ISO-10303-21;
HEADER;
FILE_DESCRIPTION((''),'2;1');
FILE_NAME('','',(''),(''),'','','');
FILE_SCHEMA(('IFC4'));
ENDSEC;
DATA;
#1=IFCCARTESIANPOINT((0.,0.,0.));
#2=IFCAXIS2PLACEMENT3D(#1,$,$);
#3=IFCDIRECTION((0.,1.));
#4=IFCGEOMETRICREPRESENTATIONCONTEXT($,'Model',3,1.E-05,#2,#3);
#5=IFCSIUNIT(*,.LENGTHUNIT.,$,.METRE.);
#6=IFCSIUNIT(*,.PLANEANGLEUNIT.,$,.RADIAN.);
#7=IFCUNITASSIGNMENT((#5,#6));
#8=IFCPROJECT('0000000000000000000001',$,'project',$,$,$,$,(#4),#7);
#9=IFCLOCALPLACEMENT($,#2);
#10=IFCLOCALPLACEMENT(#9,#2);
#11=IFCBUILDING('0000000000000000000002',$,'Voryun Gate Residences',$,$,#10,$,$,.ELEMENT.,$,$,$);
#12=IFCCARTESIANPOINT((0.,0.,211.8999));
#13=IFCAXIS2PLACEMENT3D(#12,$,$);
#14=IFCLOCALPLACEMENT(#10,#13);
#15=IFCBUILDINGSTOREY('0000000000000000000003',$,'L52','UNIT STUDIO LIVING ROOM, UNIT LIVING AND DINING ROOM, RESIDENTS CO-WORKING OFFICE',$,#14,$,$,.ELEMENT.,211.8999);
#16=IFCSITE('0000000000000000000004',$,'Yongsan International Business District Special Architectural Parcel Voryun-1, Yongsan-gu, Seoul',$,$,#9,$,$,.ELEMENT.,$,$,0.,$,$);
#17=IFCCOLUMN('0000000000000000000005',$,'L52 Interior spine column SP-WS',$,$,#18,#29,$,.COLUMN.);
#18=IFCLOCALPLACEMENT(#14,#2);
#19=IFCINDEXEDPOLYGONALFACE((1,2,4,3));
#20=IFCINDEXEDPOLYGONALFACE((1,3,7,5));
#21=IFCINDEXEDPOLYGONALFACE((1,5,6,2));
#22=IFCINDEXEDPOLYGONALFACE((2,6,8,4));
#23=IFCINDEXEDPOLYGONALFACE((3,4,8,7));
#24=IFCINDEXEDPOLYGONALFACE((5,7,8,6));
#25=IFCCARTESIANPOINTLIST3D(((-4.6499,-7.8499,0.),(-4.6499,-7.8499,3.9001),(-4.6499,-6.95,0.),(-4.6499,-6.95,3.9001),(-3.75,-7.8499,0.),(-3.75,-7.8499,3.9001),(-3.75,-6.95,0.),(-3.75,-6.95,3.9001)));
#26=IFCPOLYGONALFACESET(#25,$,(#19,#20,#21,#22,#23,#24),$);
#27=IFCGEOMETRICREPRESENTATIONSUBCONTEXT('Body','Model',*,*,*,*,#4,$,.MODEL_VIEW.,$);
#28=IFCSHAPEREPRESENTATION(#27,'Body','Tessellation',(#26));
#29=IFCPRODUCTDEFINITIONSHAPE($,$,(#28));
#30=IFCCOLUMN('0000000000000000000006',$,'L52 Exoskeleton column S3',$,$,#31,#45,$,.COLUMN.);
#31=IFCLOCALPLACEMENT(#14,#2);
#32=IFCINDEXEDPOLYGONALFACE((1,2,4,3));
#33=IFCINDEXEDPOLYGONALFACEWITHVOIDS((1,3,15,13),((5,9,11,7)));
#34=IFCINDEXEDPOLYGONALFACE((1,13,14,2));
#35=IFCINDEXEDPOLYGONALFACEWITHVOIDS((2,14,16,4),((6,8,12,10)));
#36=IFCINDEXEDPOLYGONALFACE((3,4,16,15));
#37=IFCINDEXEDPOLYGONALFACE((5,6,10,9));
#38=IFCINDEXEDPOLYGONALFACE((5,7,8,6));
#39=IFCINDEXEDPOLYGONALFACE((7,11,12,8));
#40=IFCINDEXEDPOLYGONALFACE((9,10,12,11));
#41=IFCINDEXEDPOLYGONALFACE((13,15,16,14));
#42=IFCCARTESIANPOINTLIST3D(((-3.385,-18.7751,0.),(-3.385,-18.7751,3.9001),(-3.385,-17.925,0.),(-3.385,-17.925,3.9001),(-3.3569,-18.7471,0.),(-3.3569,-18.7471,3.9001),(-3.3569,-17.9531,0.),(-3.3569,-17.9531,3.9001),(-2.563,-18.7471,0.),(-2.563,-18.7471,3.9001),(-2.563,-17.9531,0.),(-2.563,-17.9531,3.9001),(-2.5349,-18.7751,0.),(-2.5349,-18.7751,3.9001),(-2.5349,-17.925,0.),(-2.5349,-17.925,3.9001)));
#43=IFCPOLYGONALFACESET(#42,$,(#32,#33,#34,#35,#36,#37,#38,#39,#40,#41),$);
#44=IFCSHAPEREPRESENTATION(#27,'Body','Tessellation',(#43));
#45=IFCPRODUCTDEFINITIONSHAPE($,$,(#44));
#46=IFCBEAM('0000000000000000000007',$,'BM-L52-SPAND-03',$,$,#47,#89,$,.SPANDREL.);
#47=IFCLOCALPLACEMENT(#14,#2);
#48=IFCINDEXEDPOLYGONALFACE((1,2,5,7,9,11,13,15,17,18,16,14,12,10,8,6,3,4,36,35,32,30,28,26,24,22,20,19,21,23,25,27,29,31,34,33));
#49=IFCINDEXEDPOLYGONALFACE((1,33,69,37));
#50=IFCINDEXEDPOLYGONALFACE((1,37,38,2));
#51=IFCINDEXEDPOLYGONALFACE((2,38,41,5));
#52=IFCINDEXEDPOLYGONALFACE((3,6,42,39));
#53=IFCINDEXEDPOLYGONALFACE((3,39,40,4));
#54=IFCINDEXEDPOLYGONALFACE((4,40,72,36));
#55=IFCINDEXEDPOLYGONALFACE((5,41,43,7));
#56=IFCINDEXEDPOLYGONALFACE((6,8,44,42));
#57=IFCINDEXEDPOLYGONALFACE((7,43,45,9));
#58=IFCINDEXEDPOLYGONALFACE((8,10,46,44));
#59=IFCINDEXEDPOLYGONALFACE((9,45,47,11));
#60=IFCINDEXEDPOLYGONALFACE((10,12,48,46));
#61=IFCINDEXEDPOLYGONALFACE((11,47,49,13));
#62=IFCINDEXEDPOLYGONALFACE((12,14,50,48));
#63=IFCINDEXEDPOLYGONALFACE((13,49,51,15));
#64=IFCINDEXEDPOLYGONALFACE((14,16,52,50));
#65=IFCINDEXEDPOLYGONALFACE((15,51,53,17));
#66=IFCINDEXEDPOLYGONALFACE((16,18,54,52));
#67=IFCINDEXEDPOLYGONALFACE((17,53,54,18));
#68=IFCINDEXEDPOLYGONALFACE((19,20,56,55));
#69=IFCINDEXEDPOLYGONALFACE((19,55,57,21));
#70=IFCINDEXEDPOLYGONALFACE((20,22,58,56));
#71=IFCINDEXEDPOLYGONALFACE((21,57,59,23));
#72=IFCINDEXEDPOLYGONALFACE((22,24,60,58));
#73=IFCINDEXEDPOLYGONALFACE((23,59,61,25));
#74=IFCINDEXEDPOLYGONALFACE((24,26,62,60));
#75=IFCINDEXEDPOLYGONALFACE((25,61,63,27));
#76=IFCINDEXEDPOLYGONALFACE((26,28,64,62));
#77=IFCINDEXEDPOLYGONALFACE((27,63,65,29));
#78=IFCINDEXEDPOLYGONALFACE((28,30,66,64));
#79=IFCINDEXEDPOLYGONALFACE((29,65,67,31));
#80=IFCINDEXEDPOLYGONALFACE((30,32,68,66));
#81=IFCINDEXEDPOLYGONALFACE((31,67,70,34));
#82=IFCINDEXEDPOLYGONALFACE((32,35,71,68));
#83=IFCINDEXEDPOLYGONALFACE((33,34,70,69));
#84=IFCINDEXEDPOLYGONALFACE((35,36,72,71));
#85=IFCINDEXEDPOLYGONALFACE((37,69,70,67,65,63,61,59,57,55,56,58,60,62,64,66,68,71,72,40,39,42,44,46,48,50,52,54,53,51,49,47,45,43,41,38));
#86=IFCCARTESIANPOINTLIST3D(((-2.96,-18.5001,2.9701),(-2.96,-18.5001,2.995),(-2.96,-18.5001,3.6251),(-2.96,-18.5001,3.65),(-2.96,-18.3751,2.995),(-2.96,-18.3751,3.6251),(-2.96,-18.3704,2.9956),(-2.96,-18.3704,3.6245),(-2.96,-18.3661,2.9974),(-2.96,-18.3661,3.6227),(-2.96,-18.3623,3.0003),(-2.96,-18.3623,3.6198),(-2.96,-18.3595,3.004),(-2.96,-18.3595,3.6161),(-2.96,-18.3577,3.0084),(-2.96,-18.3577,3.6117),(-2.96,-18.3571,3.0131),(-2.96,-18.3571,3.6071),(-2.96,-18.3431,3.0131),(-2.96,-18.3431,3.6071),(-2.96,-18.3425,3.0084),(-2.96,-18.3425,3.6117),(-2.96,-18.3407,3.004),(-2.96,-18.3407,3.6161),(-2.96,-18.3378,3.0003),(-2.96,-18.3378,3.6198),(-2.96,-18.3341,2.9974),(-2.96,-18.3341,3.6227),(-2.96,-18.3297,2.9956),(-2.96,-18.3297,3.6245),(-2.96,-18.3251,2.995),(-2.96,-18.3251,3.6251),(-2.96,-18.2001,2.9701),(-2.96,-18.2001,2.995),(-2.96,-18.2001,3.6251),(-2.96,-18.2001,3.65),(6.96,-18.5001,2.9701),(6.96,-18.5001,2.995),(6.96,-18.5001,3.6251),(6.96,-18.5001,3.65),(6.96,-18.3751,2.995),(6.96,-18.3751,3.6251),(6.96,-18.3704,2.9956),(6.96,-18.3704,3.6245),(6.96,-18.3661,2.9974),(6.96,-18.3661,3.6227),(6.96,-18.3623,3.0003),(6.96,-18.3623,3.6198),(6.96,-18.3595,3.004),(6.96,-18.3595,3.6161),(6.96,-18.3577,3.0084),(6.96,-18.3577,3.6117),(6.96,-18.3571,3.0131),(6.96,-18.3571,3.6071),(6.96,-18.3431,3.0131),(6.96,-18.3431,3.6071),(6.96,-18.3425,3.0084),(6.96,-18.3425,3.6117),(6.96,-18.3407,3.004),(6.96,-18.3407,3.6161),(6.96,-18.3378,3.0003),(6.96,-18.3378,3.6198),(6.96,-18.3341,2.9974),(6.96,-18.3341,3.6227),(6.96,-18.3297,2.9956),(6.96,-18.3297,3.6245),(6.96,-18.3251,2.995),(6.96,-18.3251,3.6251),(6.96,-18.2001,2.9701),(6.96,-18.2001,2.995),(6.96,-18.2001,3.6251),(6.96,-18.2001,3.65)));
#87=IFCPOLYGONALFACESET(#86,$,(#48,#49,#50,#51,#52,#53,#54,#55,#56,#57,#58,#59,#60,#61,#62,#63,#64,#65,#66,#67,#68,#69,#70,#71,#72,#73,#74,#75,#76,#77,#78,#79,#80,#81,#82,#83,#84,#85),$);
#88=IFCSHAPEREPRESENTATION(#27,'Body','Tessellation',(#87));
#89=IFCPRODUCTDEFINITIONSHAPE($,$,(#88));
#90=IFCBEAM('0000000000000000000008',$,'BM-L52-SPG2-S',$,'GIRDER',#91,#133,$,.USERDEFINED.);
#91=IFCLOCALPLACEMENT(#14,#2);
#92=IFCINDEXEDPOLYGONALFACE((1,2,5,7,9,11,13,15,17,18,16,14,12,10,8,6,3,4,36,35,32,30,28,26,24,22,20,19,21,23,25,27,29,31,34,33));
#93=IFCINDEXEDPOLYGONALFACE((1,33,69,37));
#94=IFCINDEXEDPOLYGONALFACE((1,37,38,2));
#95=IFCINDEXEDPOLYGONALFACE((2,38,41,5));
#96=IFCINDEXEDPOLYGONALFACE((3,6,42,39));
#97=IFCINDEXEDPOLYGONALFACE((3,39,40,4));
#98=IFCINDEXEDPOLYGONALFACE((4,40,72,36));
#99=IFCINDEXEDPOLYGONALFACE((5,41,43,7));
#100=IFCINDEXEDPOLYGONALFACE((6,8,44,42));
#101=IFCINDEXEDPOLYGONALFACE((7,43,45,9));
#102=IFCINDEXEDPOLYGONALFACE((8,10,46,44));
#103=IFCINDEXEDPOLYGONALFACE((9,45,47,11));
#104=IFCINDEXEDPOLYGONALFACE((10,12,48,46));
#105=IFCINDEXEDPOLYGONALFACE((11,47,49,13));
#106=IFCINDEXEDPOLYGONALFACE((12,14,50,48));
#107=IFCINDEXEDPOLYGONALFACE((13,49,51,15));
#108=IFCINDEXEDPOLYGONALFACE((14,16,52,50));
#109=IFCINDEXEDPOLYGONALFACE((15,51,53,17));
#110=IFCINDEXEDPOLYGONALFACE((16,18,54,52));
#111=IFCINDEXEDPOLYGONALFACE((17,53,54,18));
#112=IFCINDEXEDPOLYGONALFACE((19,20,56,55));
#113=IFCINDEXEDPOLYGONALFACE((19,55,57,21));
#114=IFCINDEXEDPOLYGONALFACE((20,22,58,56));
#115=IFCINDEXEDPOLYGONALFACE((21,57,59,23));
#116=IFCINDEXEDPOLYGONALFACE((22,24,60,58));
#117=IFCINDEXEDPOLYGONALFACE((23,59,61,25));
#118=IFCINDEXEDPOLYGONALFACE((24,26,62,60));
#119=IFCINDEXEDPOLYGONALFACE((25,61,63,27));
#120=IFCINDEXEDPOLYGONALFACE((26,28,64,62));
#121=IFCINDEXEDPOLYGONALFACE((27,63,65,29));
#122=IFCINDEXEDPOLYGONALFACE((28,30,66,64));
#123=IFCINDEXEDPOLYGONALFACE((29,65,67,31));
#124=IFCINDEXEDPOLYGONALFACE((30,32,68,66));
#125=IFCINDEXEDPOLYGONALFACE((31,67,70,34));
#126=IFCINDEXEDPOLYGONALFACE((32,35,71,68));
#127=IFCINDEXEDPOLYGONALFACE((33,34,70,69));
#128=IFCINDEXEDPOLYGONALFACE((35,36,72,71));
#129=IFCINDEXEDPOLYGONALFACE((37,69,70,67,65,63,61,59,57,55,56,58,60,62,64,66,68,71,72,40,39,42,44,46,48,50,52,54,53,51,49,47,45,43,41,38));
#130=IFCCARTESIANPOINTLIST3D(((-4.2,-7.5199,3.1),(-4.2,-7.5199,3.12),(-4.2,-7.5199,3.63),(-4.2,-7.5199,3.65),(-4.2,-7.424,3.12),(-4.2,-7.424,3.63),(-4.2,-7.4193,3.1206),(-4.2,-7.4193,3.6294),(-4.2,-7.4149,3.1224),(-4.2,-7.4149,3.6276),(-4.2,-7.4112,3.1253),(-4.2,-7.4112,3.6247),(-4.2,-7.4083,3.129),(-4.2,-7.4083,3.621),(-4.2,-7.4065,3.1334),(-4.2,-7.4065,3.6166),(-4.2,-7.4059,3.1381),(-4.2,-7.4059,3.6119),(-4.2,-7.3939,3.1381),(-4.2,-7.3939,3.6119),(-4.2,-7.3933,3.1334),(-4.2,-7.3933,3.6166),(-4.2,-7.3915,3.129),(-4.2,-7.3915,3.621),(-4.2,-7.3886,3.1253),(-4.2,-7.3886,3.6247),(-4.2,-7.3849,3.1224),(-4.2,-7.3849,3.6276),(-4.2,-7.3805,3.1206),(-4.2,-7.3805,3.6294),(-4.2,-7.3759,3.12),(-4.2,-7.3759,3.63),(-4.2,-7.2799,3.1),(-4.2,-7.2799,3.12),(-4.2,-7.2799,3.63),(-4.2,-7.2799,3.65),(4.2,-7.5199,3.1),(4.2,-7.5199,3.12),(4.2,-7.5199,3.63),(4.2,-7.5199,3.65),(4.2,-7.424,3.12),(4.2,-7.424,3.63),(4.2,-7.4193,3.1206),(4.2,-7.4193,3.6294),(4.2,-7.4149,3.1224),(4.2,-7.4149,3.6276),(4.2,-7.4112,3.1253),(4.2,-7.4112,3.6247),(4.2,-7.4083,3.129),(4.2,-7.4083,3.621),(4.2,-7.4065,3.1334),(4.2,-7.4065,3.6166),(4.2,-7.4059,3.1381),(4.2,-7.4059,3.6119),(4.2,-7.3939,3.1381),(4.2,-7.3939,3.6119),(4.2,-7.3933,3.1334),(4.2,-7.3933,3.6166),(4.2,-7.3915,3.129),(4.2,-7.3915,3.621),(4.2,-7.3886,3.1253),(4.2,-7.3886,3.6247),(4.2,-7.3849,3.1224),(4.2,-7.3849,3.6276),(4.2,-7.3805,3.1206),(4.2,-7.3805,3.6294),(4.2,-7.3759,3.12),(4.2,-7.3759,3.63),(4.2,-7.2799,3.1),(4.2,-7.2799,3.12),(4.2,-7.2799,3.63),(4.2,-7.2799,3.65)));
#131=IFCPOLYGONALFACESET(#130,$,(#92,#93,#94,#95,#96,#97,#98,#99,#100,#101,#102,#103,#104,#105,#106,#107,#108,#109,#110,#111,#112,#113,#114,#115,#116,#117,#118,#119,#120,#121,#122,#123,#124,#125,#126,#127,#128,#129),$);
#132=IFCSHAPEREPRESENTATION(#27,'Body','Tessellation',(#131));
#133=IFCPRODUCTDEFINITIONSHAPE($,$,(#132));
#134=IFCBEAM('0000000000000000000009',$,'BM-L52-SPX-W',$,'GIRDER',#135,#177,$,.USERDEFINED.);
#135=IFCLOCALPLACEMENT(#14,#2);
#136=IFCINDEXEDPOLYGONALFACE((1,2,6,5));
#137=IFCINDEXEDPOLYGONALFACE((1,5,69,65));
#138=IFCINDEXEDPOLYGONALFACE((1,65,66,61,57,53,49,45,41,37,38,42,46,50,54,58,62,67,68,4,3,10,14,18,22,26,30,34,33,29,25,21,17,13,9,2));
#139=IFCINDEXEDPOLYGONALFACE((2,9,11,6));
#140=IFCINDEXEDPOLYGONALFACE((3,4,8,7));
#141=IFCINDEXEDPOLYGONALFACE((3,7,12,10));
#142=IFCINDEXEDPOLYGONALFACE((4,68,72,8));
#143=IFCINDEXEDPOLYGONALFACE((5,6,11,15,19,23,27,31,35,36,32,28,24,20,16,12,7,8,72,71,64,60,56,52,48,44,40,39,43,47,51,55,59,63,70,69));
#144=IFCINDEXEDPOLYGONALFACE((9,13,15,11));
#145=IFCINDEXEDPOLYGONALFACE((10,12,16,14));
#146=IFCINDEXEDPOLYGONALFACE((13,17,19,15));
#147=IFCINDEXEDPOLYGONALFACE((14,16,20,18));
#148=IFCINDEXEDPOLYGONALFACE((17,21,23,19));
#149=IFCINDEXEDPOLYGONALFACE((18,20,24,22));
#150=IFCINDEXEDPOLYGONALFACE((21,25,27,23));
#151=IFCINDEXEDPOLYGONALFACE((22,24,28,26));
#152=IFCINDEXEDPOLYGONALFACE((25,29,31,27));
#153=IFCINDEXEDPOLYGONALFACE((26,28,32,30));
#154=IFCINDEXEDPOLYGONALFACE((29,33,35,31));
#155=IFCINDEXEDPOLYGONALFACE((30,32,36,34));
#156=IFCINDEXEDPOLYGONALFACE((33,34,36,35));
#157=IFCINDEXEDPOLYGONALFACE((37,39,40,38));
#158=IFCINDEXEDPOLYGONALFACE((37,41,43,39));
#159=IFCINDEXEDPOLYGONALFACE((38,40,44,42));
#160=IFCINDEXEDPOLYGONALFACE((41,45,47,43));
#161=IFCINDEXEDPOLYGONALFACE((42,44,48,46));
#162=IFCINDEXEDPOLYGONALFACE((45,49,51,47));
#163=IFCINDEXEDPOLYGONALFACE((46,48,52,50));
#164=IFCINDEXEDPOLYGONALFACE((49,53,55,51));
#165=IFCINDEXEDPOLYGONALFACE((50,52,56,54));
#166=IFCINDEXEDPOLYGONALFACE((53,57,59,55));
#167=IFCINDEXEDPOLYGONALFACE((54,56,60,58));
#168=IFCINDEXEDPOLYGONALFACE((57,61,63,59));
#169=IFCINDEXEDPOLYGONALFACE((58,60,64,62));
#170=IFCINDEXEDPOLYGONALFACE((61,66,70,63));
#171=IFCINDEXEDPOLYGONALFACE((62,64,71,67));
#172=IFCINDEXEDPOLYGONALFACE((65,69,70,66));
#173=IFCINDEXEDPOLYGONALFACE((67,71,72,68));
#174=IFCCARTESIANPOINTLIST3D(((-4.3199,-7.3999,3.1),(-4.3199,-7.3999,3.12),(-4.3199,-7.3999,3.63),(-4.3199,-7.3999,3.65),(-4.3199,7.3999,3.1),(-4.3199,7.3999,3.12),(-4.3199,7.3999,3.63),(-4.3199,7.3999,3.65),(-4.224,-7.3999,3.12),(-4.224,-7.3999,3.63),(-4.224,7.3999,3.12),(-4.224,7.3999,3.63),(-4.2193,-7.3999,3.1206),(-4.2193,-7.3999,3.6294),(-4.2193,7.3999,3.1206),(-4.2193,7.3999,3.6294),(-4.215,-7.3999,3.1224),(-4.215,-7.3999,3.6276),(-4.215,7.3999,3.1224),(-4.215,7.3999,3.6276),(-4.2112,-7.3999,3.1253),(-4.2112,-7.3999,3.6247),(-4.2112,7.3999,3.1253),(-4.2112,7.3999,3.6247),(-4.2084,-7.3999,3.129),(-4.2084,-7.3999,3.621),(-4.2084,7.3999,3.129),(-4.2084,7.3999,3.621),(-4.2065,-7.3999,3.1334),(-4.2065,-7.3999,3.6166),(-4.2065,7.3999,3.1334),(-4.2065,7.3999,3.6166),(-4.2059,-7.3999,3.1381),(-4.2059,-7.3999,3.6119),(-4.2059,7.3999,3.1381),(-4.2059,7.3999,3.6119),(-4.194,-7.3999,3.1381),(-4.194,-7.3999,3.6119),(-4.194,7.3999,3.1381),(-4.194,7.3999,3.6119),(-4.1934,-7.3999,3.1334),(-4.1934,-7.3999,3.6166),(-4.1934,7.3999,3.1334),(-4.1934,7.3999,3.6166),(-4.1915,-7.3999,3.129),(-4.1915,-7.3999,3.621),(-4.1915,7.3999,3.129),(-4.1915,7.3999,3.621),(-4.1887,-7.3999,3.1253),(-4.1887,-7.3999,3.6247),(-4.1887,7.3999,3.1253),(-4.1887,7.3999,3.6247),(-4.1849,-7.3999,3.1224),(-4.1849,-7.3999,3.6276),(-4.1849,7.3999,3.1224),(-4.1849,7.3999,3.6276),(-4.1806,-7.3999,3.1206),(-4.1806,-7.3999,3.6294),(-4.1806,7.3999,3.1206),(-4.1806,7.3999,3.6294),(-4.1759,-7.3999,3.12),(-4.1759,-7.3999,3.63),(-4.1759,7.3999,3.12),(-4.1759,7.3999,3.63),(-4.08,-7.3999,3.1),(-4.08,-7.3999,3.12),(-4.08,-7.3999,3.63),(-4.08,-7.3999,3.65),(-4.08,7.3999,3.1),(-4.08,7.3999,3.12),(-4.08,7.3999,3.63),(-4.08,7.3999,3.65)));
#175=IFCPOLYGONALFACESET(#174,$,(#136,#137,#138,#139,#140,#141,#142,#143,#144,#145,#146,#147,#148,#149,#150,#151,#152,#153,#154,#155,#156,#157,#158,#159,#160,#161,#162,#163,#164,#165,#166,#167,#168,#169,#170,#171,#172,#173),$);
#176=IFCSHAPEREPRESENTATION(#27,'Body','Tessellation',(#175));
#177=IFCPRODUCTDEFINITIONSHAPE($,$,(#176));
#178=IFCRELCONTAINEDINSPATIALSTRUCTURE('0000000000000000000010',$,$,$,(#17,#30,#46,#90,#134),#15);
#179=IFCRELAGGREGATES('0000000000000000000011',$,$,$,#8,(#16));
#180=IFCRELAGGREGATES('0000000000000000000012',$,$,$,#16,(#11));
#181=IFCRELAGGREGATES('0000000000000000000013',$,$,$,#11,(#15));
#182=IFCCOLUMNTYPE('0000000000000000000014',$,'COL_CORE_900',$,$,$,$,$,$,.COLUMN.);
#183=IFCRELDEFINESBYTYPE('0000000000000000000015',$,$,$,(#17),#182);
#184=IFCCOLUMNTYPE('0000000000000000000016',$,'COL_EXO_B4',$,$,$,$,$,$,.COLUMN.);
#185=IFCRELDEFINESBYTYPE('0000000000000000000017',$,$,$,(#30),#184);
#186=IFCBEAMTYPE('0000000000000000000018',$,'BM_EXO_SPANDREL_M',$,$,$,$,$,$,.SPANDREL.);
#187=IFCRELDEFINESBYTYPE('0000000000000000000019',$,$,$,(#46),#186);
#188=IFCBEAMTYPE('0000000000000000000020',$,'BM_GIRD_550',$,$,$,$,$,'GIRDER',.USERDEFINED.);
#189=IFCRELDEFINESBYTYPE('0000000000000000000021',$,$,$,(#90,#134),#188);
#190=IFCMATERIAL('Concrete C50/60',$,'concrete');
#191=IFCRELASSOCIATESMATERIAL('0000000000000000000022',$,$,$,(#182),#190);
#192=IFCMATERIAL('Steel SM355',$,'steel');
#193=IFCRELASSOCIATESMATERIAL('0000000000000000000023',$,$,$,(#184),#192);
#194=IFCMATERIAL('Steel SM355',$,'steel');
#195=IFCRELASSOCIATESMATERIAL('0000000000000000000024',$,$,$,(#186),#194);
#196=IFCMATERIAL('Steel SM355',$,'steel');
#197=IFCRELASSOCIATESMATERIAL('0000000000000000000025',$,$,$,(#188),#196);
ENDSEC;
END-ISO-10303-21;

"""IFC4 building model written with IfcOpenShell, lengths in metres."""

from ifc_helpers import new_model, si_unit, direction, frame, origin, origin_2d, place, context, subcontext, project, spatial, rectangle, hollow_rectangle, i_section, extrude, material, material_profile, profile_set, type_object, element, save


model = new_model("IFC4")

# Units and contexts
model_context = context("Model", 3, precision=1e-05, world=origin(), true_north=direction((0.0, 1.0)))
body_context = subcontext(model_context, "Body", "Model", "MODEL_VIEW")
ifc_project = project(units=[si_unit("LENGTHUNIT", "METRE"), si_unit("PLANEANGLEUNIT", "RADIAN")], contexts=[model_context])

# Site, building, storey
site_placement = place(None, origin())
site = spatial("IfcSite", under=ifc_project, at=site_placement, Name="Yongsan International Business District Special Architectural Parcel Voryun-1, Yongsan-gu, Seoul", CompositionType="ELEMENT", RefElevation=0.0)
building_placement = place(site_placement, origin())
building = spatial("IfcBuilding", under=site, at=building_placement, Name="Voryun Gate Residences", CompositionType="ELEMENT")
storey_placement = place(building_placement, frame((0.0, 0.0, 211.8999)))
storey = spatial("IfcBuildingStorey", under=building, at=storey_placement, Name="L52", Description="UNIT STUDIO LIVING ROOM, UNIT LIVING AND DINING ROOM, RESIDENTS CO-WORKING OFFICE", CompositionType="ELEMENT", Elevation=211.8999)

# Columns
ifc_material_1 = material(Name="Concrete C50/60", Category="concrete")
ifc_material_profile_1 = material_profile(ifc_material_1, rectangle(XDim=0.8999, YDim=0.8999, at=origin_2d()), Name="RC-900x900")
ifc_profile_set_1 = profile_set([ifc_material_profile_1], Name="Concrete C50/60")
column_type_1 = type_object("IfcColumnType", Name="COL_CORE_900", PredefinedType="COLUMN", material=ifc_profile_set_1)
column_1_placement = place(storey_placement, frame((-4.2, -7.3999, 0.0), z_axis=(0.0, 0.0, 1.0), x_axis=(1.0, 0.0, 0.0)))
element("IfcColumn", 1, at=column_1_placement, inside=storey, type_object=column_type_1, Name="L52 Interior spine column SP-WS", PredefinedType="COLUMN", context=body_context, shape_type="SweptSolid", body=[
    extrude(rectangle(XDim=0.8999, YDim=0.8999, at=origin_2d()), origin(), (0.0, 0.0, 1.0), 3.9001),
])
ifc_material_2 = material(Name="Steel SM355", Category="steel")
ifc_material_profile_2 = material_profile(ifc_material_2, hollow_rectangle(XDim=0.8501, YDim=0.8501, WallThickness=0.0281, at=origin_2d()), Name="BOX-850x850x28")
ifc_profile_set_2 = profile_set([ifc_material_profile_2], Name="Steel SM355")
column_type_2 = type_object("IfcColumnType", Name="COL_EXO_B4", PredefinedType="COLUMN", material=ifc_profile_set_2)
column_2_placement = place(storey_placement, frame((-2.96, -18.3501, 0.0), z_axis=(0.0, 0.0, 1.0), x_axis=(1.0, 0.0, 0.0)))
element("IfcColumn", 2, at=column_2_placement, inside=storey, type_object=column_type_2, Name="L52 Exoskeleton column S3", PredefinedType="COLUMN", context=body_context, shape_type="SweptSolid", body=[
    extrude(hollow_rectangle(XDim=0.8501, YDim=0.8501, WallThickness=0.0281, at=origin_2d()), origin(), (0.0, 0.0, 1.0), 3.9001),
])

# Beams
ifc_material_3 = material(Name="Steel SM355", Category="steel")
ifc_material_profile_3 = material_profile(ifc_material_3, i_section(OverallWidth=0.3, OverallDepth=0.6799, WebThickness=0.0139, FlangeThickness=0.0249, FilletRadius=0.0181, at=origin_2d()), Name="H-680x300x14x25")
ifc_profile_set_3 = profile_set([ifc_material_profile_3], Name="Steel SM355")
beam_type_1 = type_object("IfcBeamType", Name="BM_EXO_SPANDREL_M", PredefinedType="SPANDREL", material=ifc_profile_set_3)
beam_1_placement = place(storey_placement, frame((-2.96, -18.3501, 3.3101), z_axis=(1.0, 0.0, 0.0), x_axis=(0.0, 1.0, 0.0)))
element("IfcBeam", 3, at=beam_1_placement, inside=storey, type_object=beam_type_1, Name="BM-L52-SPAND-03", PredefinedType="SPANDREL", context=body_context, shape_type="SweptSolid", body=[
    extrude(i_section(OverallWidth=0.3, OverallDepth=0.6799, WebThickness=0.0139, FlangeThickness=0.0249, FilletRadius=0.0181, at=origin_2d()), origin(), (0.0, 0.0, 1.0), 9.9199),
])
ifc_material_4 = material(Name="Steel SM355", Category="steel")
ifc_material_profile_4 = material_profile(ifc_material_4, i_section(OverallWidth=0.24, OverallDepth=0.55, WebThickness=0.012, FlangeThickness=0.02, FilletRadius=0.0181, at=origin_2d()), Name="H-550x240x12x20")
ifc_profile_set_4 = profile_set([ifc_material_profile_4], Name="Steel SM355")
beam_type_2 = type_object("IfcBeamType", Name="BM_GIRD_550", ElementType="GIRDER", PredefinedType="USERDEFINED", material=ifc_profile_set_4)
beam_2_placement = place(storey_placement, frame((-4.2, -7.3999, 3.375), z_axis=(1.0, 0.0, 0.0), x_axis=(0.0, 1.0, 0.0)))
element("IfcBeam", 4, at=beam_2_placement, inside=storey, type_object=beam_type_2, Name="BM-L52-SPG2-S", ObjectType="GIRDER", PredefinedType="USERDEFINED", context=body_context, shape_type="SweptSolid", body=[
    extrude(i_section(OverallWidth=0.24, OverallDepth=0.55, WebThickness=0.012, FlangeThickness=0.02, FilletRadius=0.0181, at=origin_2d()), origin(), (0.0, 0.0, 1.0), 8.3999),
])
beam_3_placement = place(storey_placement, frame((-4.2, -7.3999, 3.375), z_axis=(0.0, 1.0, 0.0), x_axis=(-1.0, 0.0, 0.0)))
element("IfcBeam", 5, at=beam_3_placement, inside=storey, type_object=beam_type_2, Name="BM-L52-SPX-W", ObjectType="GIRDER", PredefinedType="USERDEFINED", context=body_context, shape_type="SweptSolid", body=[
    extrude(i_section(OverallWidth=0.24, OverallDepth=0.55, WebThickness=0.012, FlangeThickness=0.02, FilletRadius=0.0181, at=origin_2d()), origin(), (0.0, 0.0, 1.0), 14.7998),
])

save(model, "model.ifc")
